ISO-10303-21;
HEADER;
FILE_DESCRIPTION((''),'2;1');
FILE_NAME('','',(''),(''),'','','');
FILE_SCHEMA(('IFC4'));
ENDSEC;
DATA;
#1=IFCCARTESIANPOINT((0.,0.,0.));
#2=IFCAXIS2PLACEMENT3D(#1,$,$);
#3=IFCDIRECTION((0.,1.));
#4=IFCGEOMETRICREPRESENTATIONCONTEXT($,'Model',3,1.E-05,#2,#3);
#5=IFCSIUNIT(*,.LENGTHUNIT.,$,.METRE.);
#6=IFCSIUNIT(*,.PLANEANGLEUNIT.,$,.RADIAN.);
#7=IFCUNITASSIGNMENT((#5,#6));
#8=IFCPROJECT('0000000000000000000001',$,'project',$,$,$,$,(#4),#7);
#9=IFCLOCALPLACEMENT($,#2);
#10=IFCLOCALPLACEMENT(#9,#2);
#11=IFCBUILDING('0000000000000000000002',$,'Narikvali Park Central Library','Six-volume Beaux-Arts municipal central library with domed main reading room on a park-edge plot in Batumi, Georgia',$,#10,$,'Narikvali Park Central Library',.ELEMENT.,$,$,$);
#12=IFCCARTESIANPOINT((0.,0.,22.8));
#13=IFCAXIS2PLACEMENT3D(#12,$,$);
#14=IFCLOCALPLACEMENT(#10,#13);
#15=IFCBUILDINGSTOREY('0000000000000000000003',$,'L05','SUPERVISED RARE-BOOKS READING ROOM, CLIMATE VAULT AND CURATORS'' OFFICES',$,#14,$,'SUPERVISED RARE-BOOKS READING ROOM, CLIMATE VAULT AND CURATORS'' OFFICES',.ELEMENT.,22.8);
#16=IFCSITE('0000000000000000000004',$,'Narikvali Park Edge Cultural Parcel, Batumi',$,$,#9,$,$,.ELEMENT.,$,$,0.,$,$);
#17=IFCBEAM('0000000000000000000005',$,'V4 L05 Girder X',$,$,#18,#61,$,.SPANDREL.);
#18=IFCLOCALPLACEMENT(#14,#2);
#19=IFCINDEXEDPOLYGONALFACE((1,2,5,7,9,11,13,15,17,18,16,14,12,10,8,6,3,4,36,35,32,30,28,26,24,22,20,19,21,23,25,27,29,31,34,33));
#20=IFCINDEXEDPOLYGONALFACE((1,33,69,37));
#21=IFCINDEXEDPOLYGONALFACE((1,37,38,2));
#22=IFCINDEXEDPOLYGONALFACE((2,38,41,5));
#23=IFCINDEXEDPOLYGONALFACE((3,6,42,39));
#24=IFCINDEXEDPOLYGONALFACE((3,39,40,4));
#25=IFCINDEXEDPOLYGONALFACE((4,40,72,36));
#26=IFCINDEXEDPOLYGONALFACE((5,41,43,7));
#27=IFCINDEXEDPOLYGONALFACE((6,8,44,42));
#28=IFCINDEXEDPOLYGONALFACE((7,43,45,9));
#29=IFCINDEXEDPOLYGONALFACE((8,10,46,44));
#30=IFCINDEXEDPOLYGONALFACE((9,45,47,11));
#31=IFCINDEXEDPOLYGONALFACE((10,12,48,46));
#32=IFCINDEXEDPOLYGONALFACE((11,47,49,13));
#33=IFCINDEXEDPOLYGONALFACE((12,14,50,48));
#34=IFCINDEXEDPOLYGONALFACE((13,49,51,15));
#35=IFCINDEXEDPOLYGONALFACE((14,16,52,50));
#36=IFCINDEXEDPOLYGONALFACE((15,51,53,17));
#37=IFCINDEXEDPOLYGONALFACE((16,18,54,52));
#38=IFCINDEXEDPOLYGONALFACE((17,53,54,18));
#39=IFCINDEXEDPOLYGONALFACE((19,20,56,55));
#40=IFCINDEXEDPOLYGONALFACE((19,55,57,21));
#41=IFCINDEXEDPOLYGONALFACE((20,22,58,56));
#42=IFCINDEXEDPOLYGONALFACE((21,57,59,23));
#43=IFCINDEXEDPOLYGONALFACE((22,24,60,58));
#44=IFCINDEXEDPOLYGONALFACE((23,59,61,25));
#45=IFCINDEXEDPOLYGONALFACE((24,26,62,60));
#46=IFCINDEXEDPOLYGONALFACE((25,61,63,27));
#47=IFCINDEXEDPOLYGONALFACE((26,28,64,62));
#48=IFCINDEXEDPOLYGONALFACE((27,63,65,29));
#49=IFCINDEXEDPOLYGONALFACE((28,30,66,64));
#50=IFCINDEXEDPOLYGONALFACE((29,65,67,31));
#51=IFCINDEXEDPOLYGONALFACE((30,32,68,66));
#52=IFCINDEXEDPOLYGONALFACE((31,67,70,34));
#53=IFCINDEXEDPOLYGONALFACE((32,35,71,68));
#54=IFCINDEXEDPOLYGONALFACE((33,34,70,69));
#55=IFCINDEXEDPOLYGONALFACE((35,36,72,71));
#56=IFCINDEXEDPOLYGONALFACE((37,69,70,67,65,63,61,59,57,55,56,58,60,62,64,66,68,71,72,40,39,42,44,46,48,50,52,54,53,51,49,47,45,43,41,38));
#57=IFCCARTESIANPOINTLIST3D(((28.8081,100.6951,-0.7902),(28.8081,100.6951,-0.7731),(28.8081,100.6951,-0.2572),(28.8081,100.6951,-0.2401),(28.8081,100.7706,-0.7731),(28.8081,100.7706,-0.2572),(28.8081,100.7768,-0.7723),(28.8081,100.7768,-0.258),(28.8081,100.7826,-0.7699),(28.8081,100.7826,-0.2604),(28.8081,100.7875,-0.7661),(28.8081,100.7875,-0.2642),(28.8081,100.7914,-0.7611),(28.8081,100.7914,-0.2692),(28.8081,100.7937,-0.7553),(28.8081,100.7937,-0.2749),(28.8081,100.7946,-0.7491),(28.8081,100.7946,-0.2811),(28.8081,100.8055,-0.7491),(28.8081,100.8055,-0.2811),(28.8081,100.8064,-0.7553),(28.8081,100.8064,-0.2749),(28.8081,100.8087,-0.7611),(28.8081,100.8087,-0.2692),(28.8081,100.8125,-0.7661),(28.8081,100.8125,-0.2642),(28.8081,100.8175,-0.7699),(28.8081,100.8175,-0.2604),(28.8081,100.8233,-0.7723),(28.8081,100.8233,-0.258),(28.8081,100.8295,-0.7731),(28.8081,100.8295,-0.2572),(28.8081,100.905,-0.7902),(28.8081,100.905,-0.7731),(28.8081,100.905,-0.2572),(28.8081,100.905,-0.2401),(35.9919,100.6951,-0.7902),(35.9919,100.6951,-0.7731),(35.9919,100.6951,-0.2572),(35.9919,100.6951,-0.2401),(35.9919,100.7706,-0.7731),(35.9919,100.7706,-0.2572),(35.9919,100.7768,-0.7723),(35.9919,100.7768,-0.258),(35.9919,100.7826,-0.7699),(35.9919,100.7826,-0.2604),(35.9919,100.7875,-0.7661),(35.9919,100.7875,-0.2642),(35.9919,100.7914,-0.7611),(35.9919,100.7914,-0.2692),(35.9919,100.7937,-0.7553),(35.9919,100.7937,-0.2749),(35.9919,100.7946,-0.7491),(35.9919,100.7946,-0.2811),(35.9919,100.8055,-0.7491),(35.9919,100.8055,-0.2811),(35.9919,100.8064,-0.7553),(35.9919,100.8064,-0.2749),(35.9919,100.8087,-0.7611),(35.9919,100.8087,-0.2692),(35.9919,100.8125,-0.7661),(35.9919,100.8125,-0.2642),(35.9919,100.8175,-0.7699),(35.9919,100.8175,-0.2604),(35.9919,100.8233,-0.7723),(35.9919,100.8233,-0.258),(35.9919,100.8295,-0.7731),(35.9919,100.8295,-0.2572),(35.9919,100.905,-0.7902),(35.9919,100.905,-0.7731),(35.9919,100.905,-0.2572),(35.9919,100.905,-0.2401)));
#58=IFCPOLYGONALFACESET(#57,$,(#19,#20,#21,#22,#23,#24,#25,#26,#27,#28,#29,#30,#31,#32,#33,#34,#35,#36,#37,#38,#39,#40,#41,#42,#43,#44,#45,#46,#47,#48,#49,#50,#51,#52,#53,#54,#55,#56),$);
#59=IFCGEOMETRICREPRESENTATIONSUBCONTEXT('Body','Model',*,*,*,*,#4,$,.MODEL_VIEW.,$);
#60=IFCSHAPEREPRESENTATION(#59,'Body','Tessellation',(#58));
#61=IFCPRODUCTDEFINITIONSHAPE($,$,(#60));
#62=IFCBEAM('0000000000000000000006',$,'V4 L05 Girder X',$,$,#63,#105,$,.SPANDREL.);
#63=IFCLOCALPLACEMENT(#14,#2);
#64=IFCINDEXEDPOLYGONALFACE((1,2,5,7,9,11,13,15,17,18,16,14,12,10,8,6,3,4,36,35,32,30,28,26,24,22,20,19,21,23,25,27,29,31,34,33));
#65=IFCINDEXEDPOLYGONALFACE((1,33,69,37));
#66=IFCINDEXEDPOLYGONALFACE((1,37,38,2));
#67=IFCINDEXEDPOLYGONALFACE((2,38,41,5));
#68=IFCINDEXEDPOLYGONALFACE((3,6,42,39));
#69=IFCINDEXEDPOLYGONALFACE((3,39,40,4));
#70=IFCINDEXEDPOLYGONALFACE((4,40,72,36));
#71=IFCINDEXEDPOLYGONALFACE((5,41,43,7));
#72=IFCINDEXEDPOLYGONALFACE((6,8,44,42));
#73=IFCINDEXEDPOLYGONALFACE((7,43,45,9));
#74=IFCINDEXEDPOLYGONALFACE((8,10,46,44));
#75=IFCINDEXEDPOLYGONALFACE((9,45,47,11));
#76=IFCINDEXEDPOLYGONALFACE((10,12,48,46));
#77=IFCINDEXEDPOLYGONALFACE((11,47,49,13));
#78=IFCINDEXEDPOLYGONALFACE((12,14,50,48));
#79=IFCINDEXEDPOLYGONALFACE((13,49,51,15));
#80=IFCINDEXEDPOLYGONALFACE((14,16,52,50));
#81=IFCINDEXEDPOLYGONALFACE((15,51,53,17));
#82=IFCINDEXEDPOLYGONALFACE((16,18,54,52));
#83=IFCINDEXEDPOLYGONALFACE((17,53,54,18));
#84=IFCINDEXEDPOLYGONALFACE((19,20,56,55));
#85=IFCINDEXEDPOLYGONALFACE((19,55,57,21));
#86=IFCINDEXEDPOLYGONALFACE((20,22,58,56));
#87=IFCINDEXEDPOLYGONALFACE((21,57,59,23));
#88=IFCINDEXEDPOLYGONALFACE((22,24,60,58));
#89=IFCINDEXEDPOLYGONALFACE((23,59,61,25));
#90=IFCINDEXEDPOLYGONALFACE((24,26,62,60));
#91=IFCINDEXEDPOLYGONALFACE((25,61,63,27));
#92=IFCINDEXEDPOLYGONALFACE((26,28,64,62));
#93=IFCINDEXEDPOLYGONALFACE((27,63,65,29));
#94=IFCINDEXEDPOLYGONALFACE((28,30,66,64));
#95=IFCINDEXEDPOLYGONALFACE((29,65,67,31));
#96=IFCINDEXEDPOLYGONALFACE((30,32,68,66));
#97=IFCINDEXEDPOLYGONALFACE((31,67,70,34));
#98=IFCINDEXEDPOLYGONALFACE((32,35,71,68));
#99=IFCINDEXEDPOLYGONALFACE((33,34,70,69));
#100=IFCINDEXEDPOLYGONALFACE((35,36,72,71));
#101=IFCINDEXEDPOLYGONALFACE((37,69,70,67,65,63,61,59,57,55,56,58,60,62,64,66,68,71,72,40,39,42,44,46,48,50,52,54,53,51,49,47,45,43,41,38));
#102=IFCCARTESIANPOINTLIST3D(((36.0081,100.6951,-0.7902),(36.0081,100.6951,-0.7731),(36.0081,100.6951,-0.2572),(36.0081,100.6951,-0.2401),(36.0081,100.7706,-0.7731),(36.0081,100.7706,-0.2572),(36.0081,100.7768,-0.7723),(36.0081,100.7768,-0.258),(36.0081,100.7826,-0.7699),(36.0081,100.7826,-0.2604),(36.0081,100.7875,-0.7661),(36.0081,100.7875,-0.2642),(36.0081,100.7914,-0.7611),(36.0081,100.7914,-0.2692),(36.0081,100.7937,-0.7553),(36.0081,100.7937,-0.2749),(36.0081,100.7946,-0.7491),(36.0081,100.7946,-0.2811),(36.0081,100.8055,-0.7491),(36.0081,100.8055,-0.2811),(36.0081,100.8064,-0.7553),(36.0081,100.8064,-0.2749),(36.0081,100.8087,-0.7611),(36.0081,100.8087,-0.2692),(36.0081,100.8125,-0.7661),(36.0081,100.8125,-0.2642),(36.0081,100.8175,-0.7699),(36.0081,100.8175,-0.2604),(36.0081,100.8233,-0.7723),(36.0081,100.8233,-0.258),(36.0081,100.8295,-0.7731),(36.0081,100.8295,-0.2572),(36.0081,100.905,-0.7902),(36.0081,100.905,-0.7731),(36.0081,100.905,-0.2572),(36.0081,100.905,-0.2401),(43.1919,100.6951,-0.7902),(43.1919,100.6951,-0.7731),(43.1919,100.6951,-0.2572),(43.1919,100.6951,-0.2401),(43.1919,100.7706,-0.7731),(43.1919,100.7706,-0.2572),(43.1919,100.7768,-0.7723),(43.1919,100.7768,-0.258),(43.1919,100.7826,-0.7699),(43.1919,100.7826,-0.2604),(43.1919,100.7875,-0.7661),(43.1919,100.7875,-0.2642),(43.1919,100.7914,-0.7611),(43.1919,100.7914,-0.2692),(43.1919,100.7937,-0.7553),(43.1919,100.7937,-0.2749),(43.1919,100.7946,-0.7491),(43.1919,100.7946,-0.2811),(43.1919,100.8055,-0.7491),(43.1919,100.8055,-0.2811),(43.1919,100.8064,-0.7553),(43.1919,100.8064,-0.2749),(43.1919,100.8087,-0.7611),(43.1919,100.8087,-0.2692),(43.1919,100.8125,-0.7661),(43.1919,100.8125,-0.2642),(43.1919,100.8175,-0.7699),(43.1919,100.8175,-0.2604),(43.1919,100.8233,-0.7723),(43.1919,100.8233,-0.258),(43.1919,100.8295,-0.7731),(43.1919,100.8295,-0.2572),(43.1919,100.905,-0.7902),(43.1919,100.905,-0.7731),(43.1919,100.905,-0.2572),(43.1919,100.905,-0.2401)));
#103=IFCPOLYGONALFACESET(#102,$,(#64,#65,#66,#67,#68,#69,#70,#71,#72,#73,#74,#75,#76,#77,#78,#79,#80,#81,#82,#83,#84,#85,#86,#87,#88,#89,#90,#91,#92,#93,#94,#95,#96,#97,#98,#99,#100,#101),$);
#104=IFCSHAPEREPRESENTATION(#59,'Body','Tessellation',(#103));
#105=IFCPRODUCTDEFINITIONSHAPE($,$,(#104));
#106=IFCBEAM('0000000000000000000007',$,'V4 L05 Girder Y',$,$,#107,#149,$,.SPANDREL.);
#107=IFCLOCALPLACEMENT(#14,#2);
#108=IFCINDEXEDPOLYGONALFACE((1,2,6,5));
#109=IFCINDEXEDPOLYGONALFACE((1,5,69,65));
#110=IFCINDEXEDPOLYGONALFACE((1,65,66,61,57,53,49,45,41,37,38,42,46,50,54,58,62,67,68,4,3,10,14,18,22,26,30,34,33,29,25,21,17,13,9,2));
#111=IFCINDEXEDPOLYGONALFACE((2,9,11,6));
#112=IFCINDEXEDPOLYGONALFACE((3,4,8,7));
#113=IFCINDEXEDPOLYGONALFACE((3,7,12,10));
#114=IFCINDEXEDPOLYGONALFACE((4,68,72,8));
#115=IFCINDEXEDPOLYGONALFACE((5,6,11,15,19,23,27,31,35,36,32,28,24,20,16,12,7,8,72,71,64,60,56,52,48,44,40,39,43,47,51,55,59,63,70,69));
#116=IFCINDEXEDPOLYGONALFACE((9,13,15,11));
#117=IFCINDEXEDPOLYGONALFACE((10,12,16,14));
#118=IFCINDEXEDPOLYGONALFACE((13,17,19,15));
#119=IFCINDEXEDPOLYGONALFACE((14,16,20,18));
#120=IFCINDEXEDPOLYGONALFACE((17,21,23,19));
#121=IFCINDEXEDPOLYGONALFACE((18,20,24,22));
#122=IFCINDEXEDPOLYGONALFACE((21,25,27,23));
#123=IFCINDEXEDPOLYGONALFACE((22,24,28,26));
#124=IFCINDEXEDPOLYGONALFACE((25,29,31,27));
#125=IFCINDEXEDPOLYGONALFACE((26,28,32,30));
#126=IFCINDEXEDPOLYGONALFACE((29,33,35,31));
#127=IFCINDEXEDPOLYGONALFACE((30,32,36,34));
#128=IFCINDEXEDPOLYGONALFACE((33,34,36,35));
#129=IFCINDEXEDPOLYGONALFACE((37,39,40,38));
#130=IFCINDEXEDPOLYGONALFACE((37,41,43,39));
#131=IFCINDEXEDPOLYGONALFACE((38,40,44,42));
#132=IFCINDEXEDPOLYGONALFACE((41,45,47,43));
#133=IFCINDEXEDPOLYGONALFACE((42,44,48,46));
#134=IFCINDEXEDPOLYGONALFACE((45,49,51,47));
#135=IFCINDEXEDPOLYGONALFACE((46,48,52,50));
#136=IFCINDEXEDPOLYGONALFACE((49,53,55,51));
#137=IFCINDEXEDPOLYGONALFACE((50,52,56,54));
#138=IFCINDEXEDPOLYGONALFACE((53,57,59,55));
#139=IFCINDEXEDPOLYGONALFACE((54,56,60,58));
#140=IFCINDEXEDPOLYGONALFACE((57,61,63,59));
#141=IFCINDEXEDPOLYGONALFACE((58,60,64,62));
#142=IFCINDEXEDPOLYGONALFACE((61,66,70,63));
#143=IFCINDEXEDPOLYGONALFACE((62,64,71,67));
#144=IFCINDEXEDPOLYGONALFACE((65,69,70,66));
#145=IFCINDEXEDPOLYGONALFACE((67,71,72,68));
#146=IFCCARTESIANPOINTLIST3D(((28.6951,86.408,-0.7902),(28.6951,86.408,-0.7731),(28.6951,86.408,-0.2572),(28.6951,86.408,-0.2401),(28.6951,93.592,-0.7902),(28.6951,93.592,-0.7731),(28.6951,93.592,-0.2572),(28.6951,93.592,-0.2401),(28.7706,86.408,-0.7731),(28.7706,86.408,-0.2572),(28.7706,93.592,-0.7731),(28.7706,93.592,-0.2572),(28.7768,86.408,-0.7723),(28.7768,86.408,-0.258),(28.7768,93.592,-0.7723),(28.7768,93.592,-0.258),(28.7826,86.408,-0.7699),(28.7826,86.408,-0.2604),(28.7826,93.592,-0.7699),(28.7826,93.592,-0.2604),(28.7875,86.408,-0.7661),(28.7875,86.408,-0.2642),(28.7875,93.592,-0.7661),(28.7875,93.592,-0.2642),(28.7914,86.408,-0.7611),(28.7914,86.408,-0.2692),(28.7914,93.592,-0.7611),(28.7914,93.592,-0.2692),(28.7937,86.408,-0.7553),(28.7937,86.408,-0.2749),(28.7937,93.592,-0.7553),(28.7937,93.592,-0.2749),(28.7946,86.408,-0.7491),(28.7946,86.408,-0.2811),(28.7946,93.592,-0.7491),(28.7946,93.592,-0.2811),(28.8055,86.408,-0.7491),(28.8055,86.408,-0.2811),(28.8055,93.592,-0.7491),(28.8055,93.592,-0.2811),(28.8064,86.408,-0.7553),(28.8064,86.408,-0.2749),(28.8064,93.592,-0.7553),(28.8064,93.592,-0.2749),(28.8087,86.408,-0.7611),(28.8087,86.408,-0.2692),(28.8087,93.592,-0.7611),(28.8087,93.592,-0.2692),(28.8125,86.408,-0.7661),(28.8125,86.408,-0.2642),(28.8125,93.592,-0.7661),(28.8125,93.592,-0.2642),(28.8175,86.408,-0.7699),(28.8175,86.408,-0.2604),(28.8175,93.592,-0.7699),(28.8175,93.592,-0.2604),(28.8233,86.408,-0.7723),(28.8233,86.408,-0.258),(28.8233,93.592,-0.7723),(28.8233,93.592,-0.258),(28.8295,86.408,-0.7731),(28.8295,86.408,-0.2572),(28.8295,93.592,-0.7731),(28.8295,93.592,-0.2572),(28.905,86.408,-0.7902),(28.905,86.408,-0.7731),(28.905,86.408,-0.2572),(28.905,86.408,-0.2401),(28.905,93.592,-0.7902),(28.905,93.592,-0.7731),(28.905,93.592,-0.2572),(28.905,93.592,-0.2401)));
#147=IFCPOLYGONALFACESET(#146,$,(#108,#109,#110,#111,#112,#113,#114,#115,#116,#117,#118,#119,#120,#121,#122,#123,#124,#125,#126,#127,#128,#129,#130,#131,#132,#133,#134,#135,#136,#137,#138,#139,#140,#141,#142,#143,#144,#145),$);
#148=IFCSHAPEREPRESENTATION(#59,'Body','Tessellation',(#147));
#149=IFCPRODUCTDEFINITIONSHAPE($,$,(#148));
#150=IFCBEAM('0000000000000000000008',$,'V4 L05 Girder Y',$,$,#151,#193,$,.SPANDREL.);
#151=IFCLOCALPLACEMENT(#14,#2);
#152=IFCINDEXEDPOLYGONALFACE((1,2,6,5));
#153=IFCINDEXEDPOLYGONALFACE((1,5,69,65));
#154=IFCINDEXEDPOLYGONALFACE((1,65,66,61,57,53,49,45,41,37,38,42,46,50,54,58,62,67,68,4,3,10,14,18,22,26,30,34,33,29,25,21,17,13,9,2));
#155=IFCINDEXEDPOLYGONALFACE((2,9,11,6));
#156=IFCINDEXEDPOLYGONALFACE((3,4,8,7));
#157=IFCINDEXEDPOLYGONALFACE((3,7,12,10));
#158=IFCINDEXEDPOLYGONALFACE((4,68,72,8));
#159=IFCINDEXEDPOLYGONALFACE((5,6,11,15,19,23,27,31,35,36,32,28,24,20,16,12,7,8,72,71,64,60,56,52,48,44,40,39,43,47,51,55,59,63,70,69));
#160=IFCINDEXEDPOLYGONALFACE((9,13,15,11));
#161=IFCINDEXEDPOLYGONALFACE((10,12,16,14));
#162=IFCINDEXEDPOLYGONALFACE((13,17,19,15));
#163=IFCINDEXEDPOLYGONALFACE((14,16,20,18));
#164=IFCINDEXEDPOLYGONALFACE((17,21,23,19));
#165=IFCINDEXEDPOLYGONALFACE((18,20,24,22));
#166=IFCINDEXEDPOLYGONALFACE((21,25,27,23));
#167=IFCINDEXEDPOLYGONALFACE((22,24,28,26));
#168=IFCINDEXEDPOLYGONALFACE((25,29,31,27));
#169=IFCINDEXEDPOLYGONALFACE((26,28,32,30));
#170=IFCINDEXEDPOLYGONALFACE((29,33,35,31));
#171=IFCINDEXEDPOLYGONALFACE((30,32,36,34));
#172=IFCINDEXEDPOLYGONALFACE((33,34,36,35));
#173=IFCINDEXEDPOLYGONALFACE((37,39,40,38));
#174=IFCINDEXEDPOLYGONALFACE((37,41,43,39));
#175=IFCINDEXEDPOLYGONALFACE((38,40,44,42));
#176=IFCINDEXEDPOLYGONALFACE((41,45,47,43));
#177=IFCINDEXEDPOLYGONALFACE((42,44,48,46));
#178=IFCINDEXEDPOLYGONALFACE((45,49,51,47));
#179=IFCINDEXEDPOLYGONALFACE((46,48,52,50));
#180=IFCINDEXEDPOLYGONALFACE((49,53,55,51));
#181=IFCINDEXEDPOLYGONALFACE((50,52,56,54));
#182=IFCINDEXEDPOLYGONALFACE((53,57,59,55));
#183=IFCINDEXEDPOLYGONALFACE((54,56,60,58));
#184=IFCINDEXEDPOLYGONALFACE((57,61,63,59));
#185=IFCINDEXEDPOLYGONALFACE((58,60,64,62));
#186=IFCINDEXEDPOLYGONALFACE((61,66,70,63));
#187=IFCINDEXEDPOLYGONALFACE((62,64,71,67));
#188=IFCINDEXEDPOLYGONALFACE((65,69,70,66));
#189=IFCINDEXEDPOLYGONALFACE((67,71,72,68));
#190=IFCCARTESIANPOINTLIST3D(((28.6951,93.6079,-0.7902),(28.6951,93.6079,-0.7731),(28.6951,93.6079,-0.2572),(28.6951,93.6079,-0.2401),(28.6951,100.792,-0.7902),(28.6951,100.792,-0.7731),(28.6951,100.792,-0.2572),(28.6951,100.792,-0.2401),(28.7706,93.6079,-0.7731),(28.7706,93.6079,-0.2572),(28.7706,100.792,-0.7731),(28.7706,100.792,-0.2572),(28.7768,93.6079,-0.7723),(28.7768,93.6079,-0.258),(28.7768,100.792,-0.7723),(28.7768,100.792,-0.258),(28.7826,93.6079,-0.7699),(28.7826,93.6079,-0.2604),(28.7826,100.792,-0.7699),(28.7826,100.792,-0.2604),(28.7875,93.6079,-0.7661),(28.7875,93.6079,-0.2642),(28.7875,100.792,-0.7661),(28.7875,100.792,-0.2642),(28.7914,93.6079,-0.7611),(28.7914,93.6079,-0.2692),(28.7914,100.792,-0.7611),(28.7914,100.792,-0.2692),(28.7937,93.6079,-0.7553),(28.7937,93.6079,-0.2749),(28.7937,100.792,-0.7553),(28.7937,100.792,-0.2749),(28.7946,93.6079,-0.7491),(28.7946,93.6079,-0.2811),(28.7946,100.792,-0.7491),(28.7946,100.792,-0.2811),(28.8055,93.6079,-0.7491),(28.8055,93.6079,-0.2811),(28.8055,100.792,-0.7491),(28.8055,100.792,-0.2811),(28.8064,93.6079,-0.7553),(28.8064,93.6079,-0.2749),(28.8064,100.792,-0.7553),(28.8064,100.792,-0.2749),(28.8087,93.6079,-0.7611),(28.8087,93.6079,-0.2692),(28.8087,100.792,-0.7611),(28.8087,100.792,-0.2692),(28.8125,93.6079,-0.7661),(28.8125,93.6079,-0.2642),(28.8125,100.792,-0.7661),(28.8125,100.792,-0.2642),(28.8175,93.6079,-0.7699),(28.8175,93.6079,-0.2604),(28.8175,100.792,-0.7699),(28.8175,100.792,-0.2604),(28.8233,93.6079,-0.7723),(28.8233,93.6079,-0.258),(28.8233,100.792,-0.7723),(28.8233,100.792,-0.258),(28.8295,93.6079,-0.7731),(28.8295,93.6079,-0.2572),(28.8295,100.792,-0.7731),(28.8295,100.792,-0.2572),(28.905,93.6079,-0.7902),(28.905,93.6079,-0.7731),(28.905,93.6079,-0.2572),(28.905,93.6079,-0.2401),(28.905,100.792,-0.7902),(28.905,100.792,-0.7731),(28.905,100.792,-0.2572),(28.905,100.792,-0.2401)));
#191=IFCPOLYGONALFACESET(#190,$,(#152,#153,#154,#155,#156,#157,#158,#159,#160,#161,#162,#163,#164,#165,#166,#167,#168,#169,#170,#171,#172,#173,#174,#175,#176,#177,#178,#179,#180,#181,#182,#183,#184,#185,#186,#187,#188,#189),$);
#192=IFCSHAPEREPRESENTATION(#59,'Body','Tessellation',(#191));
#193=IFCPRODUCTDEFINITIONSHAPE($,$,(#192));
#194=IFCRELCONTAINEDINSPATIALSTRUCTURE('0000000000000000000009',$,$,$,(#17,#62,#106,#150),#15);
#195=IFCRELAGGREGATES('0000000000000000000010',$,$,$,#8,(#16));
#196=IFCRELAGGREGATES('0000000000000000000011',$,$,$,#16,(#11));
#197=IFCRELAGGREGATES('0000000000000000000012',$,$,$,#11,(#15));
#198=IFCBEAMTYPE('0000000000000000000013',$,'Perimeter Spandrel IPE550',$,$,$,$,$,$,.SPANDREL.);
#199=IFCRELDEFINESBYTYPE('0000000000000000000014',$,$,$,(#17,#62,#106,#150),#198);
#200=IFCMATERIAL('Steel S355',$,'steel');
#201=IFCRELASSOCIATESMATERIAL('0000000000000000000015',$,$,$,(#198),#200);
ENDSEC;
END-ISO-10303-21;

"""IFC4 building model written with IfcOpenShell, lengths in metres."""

from ifc_helpers import new_model, si_unit, direction, frame, origin, origin_2d, place, context, subcontext, project, spatial, i_section, extrude, material, material_profile, profile_set, type_object, element, save


model = new_model("IFC4")

# Units and contexts
model_context = context("Model", 3, precision=1e-05, world=origin(), true_north=direction((0.0, 1.0)))
body_context = subcontext(model_context, "Body", "Model", "MODEL_VIEW")
ifc_project = project(units=[si_unit("LENGTHUNIT", "METRE"), si_unit("PLANEANGLEUNIT", "RADIAN")], contexts=[model_context])

# Site, building, storey
site_placement = place(None, origin())
site = spatial("IfcSite", under=ifc_project, at=site_placement, Name="Narikvali Park Edge Cultural Parcel, Batumi", CompositionType="ELEMENT", RefElevation=0.0)
building_placement = place(site_placement, origin())
building = spatial("IfcBuilding", under=site, at=building_placement, Name="Narikvali Park Central Library", Description="Six-volume Beaux-Arts municipal central library with domed main reading room on a park-edge plot in Batumi, Georgia", LongName="Narikvali Park Central Library", CompositionType="ELEMENT")
storey_placement = place(building_placement, frame((0.0, 0.0, 22.8)))
storey = spatial("IfcBuildingStorey", under=building, at=storey_placement, Name="L05", Description="SUPERVISED RARE-BOOKS READING ROOM, CLIMATE VAULT AND CURATORS' OFFICES", LongName="SUPERVISED RARE-BOOKS READING ROOM, CLIMATE VAULT AND CURATORS' OFFICES", CompositionType="ELEMENT", Elevation=22.8)

# Shared definitions
ifc_material_1 = material(Name="Steel S355", Category="steel")

# Beams
ifc_material_profile_1 = material_profile(ifc_material_1, i_section(OverallWidth=0.21, OverallDepth=0.55, WebThickness=0.011, FlangeThickness=0.0171, FilletRadius=0.0239, at=origin_2d()), Name="IPE 550")
ifc_profile_set_1 = profile_set([ifc_material_profile_1], Name="Steel S355")
beam_type_1 = type_object("IfcBeamType", Name="Perimeter Spandrel IPE550", PredefinedType="SPANDREL", material=ifc_profile_set_1)
for number, where, z_axis, x_axis, name in (
    (1, (28.8081, 100.8, -0.5151), (1.0, 0.0, 0.0), (0.0, 1.0, 0.0), "V4 L05 Girder X"),
    (2, (36.0081, 100.8, -0.5151), (1.0, 0.0, 0.0), (0.0, 1.0, 0.0), "V4 L05 Girder X"),
):
    element("IfcBeam", number, at=place(storey_placement, frame(where, z_axis=z_axis, x_axis=x_axis)), inside=storey, type_object=beam_type_1, Name=name, PredefinedType="SPANDREL", context=body_context, shape_type="SweptSolid", body=[
        extrude(i_section(OverallWidth=0.21, OverallDepth=0.55, WebThickness=0.011, FlangeThickness=0.0171, FilletRadius=0.0239, at=origin_2d()), origin(), (0.0, 0.0, 1.0), 7.1838),
    ])
for number, where, z_axis, x_axis, name in (
    (3, (28.8, 86.408, -0.5151), (0.0, 1.0, 0.0), (-1.0, 0.0, 0.0), "V4 L05 Girder Y"),
    (4, (28.8, 93.6079, -0.5151), (0.0, 1.0, 0.0), (-1.0, 0.0, 0.0), "V4 L05 Girder Y"),
):
    element("IfcBeam", number, at=place(storey_placement, frame(where, z_axis=z_axis, x_axis=x_axis)), inside=storey, type_object=beam_type_1, Name=name, PredefinedType="SPANDREL", context=body_context, shape_type="SweptSolid", body=[
        extrude(i_section(OverallWidth=0.21, OverallDepth=0.55, WebThickness=0.011, FlangeThickness=0.0171, FilletRadius=0.0239, at=origin_2d()), origin(), (0.0, 0.0, 1.0), 7.1841),
    ])

save(model, "model.ifc")
